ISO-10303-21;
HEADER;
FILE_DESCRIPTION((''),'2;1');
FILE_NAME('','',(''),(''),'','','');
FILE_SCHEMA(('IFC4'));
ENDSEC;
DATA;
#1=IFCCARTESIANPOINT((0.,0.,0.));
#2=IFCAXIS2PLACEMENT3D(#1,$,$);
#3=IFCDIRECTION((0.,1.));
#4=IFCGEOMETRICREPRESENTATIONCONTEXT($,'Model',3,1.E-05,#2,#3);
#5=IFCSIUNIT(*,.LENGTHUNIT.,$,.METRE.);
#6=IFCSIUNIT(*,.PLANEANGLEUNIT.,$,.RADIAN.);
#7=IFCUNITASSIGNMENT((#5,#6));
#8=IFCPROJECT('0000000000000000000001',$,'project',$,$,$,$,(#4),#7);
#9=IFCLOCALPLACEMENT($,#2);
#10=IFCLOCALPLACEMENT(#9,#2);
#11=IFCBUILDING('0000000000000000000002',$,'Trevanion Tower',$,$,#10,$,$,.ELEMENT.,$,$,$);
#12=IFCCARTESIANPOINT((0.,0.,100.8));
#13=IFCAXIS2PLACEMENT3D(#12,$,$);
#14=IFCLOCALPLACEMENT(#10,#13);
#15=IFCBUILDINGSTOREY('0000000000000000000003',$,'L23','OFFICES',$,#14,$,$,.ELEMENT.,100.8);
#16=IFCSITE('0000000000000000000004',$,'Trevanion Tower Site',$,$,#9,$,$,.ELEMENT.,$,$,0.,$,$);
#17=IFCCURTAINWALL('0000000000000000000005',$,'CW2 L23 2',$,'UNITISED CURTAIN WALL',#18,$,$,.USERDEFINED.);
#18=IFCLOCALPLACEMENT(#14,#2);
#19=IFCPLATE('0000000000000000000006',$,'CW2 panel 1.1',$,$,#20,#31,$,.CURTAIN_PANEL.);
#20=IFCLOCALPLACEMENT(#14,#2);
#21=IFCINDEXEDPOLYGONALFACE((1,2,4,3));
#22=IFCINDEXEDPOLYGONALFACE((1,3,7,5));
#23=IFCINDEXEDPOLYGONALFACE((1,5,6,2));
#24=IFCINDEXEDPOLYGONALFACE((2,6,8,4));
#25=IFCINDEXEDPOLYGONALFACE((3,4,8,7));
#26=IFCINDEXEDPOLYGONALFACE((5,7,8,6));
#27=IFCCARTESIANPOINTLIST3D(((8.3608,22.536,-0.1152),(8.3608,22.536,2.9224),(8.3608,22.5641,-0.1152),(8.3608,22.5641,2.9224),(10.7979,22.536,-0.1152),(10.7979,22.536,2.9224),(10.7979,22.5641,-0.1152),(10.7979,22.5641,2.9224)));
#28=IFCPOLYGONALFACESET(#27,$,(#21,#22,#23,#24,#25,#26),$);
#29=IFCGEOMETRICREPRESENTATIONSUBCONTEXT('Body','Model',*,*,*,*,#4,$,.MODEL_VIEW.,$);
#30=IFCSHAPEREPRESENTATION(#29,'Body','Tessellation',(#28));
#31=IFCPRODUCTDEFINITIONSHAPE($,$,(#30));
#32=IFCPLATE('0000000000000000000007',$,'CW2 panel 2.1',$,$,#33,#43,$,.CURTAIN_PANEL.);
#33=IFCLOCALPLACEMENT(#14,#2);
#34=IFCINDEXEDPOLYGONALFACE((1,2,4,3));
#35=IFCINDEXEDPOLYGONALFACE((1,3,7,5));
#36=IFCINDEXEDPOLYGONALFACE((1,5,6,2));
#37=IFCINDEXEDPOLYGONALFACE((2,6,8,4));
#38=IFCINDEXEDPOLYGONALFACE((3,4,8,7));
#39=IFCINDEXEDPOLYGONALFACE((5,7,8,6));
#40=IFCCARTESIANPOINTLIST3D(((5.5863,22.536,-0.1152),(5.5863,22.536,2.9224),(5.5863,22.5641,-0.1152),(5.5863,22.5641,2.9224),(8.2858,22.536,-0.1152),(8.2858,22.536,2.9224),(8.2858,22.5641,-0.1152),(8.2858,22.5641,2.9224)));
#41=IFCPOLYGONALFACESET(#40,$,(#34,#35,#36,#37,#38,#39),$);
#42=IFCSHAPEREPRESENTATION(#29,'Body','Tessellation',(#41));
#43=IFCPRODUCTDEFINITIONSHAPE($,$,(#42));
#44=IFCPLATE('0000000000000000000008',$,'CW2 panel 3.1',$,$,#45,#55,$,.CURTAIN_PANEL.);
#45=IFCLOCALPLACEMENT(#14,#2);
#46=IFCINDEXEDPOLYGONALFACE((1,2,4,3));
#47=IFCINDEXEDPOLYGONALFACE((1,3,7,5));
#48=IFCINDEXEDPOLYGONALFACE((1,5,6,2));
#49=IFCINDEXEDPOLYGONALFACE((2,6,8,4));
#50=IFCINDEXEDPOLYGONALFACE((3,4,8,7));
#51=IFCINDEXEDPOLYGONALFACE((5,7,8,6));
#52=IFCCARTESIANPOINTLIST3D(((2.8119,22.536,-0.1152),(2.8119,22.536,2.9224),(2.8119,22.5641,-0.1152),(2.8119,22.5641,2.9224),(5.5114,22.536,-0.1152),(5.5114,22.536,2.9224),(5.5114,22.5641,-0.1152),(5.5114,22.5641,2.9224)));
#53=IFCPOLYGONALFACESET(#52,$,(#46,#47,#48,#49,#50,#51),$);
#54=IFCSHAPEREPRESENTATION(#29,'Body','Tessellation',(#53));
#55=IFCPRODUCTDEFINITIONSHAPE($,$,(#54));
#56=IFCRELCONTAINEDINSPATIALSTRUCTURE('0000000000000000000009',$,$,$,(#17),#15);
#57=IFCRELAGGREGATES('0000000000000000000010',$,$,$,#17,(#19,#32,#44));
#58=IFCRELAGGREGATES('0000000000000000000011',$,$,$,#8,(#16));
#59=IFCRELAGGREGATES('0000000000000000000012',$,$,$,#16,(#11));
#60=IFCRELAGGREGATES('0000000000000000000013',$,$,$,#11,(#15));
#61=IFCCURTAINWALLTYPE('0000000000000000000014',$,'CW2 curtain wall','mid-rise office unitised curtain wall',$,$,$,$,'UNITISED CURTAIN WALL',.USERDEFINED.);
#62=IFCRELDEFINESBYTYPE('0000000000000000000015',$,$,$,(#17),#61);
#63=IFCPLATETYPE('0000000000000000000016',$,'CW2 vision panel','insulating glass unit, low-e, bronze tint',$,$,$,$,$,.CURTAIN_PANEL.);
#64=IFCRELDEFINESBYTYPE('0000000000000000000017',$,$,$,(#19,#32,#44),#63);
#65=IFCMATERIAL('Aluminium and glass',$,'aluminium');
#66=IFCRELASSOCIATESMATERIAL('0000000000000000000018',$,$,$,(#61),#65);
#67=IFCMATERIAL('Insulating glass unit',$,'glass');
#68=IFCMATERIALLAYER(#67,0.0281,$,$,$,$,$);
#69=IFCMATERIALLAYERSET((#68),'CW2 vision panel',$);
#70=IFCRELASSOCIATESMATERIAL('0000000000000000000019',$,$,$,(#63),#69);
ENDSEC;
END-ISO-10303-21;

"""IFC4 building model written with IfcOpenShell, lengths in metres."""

from ifc_helpers import new_model, si_unit, direction, frame, origin, origin_2d, place, context, subcontext, project, spatial, rectangle, extrude, material, layer, layer_set, type_object, element, aggregate, save


model = new_model("IFC4")

# Units and contexts
model_context = context("Model", 3, precision=1e-05, world=origin(), true_north=direction((0.0, 1.0)))
body_context = subcontext(model_context, "Body", "Model", "MODEL_VIEW")
ifc_project = project(units=[si_unit("LENGTHUNIT", "METRE"), si_unit("PLANEANGLEUNIT", "RADIAN")], contexts=[model_context])

# Site, building, storey
site_placement = place(None, origin())
site = spatial("IfcSite", under=ifc_project, at=site_placement, Name="Trevanion Tower Site", CompositionType="ELEMENT", RefElevation=0.0)
building_placement = place(site_placement, origin())
building = spatial("IfcBuilding", under=site, at=building_placement, Name="Trevanion Tower", CompositionType="ELEMENT")
storey_placement = place(building_placement, frame((0.0, 0.0, 100.8)))
storey = spatial("IfcBuildingStorey", under=building, at=storey_placement, Name="L23", Description="OFFICES", CompositionType="ELEMENT", Elevation=100.8)

# Curtain wall, plates
ifc_material_1 = material(Name="Aluminium and glass", Category="aluminium")
curtain_wall_type = type_object("IfcCurtainWallType", Name="CW2 curtain wall", Description="mid-rise office unitised curtain wall", ElementType="UNITISED CURTAIN WALL", PredefinedType="USERDEFINED", material=ifc_material_1)
curtain_wall_placement = place(storey_placement, origin())
curtain_wall = element("IfcCurtainWall", 1, at=curtain_wall_placement, inside=storey, type_object=curtain_wall_type, Name="CW2 L23 2", ObjectType="UNITISED CURTAIN WALL", PredefinedType="USERDEFINED")
ifc_material_2 = material(Name="Insulating glass unit", Category="glass")
ifc_layer_1 = layer(ifc_material_2, 0.0281)
ifc_layer_set_1 = layer_set([ifc_layer_1], Name="CW2 vision panel")
plate_type_1 = type_object("IfcPlateType", Name="CW2 vision panel", Description="insulating glass unit, low-e, bronze tint", PredefinedType="CURTAIN_PANEL", material=ifc_layer_set_1)
plate_1_placement = place(storey_placement, frame((9.5793, 22.55, -0.1152), z_axis=(0.0, 0.0, 1.0), x_axis=(-1.0, 0.0, 0.0)))
plate_1 = element("IfcPlate", 2, at=plate_1_placement, type_object=plate_type_1, Name="CW2 panel 1.1", PredefinedType="CURTAIN_PANEL", context=body_context, shape_type="SweptSolid", body=[
    extrude(rectangle(XDim=2.437, YDim=0.0281, at=origin_2d()), origin(), (0.0, 0.0, 1.0), 3.0376),
])
plate_2_placement = place(storey_placement, frame((6.936, 22.55, -0.1152), z_axis=(0.0, 0.0, 1.0), x_axis=(-1.0, 0.0, 0.0)))
plate_2 = element("IfcPlate", 3, at=plate_2_placement, type_object=plate_type_1, Name="CW2 panel 2.1", PredefinedType="CURTAIN_PANEL", context=body_context, shape_type="SweptSolid", body=[
    extrude(rectangle(XDim=2.6995, YDim=0.0281, at=origin_2d()), origin(), (0.0, 0.0, 1.0), 3.0376),
])
plate_3_placement = place(storey_placement, frame((4.1616, 22.55, -0.1152), z_axis=(0.0, 0.0, 1.0), x_axis=(-1.0, 0.0, 0.0)))
plate_3 = element("IfcPlate", 4, at=plate_3_placement, type_object=plate_type_1, Name="CW2 panel 3.1", PredefinedType="CURTAIN_PANEL", context=body_context, shape_type="SweptSolid", body=[
    extrude(rectangle(XDim=2.6995, YDim=0.0281, at=origin_2d()), origin(), (0.0, 0.0, 1.0), 3.0376),
])
aggregate(curtain_wall, [plate_1, plate_2, plate_3])

save(model, "model.ifc")
